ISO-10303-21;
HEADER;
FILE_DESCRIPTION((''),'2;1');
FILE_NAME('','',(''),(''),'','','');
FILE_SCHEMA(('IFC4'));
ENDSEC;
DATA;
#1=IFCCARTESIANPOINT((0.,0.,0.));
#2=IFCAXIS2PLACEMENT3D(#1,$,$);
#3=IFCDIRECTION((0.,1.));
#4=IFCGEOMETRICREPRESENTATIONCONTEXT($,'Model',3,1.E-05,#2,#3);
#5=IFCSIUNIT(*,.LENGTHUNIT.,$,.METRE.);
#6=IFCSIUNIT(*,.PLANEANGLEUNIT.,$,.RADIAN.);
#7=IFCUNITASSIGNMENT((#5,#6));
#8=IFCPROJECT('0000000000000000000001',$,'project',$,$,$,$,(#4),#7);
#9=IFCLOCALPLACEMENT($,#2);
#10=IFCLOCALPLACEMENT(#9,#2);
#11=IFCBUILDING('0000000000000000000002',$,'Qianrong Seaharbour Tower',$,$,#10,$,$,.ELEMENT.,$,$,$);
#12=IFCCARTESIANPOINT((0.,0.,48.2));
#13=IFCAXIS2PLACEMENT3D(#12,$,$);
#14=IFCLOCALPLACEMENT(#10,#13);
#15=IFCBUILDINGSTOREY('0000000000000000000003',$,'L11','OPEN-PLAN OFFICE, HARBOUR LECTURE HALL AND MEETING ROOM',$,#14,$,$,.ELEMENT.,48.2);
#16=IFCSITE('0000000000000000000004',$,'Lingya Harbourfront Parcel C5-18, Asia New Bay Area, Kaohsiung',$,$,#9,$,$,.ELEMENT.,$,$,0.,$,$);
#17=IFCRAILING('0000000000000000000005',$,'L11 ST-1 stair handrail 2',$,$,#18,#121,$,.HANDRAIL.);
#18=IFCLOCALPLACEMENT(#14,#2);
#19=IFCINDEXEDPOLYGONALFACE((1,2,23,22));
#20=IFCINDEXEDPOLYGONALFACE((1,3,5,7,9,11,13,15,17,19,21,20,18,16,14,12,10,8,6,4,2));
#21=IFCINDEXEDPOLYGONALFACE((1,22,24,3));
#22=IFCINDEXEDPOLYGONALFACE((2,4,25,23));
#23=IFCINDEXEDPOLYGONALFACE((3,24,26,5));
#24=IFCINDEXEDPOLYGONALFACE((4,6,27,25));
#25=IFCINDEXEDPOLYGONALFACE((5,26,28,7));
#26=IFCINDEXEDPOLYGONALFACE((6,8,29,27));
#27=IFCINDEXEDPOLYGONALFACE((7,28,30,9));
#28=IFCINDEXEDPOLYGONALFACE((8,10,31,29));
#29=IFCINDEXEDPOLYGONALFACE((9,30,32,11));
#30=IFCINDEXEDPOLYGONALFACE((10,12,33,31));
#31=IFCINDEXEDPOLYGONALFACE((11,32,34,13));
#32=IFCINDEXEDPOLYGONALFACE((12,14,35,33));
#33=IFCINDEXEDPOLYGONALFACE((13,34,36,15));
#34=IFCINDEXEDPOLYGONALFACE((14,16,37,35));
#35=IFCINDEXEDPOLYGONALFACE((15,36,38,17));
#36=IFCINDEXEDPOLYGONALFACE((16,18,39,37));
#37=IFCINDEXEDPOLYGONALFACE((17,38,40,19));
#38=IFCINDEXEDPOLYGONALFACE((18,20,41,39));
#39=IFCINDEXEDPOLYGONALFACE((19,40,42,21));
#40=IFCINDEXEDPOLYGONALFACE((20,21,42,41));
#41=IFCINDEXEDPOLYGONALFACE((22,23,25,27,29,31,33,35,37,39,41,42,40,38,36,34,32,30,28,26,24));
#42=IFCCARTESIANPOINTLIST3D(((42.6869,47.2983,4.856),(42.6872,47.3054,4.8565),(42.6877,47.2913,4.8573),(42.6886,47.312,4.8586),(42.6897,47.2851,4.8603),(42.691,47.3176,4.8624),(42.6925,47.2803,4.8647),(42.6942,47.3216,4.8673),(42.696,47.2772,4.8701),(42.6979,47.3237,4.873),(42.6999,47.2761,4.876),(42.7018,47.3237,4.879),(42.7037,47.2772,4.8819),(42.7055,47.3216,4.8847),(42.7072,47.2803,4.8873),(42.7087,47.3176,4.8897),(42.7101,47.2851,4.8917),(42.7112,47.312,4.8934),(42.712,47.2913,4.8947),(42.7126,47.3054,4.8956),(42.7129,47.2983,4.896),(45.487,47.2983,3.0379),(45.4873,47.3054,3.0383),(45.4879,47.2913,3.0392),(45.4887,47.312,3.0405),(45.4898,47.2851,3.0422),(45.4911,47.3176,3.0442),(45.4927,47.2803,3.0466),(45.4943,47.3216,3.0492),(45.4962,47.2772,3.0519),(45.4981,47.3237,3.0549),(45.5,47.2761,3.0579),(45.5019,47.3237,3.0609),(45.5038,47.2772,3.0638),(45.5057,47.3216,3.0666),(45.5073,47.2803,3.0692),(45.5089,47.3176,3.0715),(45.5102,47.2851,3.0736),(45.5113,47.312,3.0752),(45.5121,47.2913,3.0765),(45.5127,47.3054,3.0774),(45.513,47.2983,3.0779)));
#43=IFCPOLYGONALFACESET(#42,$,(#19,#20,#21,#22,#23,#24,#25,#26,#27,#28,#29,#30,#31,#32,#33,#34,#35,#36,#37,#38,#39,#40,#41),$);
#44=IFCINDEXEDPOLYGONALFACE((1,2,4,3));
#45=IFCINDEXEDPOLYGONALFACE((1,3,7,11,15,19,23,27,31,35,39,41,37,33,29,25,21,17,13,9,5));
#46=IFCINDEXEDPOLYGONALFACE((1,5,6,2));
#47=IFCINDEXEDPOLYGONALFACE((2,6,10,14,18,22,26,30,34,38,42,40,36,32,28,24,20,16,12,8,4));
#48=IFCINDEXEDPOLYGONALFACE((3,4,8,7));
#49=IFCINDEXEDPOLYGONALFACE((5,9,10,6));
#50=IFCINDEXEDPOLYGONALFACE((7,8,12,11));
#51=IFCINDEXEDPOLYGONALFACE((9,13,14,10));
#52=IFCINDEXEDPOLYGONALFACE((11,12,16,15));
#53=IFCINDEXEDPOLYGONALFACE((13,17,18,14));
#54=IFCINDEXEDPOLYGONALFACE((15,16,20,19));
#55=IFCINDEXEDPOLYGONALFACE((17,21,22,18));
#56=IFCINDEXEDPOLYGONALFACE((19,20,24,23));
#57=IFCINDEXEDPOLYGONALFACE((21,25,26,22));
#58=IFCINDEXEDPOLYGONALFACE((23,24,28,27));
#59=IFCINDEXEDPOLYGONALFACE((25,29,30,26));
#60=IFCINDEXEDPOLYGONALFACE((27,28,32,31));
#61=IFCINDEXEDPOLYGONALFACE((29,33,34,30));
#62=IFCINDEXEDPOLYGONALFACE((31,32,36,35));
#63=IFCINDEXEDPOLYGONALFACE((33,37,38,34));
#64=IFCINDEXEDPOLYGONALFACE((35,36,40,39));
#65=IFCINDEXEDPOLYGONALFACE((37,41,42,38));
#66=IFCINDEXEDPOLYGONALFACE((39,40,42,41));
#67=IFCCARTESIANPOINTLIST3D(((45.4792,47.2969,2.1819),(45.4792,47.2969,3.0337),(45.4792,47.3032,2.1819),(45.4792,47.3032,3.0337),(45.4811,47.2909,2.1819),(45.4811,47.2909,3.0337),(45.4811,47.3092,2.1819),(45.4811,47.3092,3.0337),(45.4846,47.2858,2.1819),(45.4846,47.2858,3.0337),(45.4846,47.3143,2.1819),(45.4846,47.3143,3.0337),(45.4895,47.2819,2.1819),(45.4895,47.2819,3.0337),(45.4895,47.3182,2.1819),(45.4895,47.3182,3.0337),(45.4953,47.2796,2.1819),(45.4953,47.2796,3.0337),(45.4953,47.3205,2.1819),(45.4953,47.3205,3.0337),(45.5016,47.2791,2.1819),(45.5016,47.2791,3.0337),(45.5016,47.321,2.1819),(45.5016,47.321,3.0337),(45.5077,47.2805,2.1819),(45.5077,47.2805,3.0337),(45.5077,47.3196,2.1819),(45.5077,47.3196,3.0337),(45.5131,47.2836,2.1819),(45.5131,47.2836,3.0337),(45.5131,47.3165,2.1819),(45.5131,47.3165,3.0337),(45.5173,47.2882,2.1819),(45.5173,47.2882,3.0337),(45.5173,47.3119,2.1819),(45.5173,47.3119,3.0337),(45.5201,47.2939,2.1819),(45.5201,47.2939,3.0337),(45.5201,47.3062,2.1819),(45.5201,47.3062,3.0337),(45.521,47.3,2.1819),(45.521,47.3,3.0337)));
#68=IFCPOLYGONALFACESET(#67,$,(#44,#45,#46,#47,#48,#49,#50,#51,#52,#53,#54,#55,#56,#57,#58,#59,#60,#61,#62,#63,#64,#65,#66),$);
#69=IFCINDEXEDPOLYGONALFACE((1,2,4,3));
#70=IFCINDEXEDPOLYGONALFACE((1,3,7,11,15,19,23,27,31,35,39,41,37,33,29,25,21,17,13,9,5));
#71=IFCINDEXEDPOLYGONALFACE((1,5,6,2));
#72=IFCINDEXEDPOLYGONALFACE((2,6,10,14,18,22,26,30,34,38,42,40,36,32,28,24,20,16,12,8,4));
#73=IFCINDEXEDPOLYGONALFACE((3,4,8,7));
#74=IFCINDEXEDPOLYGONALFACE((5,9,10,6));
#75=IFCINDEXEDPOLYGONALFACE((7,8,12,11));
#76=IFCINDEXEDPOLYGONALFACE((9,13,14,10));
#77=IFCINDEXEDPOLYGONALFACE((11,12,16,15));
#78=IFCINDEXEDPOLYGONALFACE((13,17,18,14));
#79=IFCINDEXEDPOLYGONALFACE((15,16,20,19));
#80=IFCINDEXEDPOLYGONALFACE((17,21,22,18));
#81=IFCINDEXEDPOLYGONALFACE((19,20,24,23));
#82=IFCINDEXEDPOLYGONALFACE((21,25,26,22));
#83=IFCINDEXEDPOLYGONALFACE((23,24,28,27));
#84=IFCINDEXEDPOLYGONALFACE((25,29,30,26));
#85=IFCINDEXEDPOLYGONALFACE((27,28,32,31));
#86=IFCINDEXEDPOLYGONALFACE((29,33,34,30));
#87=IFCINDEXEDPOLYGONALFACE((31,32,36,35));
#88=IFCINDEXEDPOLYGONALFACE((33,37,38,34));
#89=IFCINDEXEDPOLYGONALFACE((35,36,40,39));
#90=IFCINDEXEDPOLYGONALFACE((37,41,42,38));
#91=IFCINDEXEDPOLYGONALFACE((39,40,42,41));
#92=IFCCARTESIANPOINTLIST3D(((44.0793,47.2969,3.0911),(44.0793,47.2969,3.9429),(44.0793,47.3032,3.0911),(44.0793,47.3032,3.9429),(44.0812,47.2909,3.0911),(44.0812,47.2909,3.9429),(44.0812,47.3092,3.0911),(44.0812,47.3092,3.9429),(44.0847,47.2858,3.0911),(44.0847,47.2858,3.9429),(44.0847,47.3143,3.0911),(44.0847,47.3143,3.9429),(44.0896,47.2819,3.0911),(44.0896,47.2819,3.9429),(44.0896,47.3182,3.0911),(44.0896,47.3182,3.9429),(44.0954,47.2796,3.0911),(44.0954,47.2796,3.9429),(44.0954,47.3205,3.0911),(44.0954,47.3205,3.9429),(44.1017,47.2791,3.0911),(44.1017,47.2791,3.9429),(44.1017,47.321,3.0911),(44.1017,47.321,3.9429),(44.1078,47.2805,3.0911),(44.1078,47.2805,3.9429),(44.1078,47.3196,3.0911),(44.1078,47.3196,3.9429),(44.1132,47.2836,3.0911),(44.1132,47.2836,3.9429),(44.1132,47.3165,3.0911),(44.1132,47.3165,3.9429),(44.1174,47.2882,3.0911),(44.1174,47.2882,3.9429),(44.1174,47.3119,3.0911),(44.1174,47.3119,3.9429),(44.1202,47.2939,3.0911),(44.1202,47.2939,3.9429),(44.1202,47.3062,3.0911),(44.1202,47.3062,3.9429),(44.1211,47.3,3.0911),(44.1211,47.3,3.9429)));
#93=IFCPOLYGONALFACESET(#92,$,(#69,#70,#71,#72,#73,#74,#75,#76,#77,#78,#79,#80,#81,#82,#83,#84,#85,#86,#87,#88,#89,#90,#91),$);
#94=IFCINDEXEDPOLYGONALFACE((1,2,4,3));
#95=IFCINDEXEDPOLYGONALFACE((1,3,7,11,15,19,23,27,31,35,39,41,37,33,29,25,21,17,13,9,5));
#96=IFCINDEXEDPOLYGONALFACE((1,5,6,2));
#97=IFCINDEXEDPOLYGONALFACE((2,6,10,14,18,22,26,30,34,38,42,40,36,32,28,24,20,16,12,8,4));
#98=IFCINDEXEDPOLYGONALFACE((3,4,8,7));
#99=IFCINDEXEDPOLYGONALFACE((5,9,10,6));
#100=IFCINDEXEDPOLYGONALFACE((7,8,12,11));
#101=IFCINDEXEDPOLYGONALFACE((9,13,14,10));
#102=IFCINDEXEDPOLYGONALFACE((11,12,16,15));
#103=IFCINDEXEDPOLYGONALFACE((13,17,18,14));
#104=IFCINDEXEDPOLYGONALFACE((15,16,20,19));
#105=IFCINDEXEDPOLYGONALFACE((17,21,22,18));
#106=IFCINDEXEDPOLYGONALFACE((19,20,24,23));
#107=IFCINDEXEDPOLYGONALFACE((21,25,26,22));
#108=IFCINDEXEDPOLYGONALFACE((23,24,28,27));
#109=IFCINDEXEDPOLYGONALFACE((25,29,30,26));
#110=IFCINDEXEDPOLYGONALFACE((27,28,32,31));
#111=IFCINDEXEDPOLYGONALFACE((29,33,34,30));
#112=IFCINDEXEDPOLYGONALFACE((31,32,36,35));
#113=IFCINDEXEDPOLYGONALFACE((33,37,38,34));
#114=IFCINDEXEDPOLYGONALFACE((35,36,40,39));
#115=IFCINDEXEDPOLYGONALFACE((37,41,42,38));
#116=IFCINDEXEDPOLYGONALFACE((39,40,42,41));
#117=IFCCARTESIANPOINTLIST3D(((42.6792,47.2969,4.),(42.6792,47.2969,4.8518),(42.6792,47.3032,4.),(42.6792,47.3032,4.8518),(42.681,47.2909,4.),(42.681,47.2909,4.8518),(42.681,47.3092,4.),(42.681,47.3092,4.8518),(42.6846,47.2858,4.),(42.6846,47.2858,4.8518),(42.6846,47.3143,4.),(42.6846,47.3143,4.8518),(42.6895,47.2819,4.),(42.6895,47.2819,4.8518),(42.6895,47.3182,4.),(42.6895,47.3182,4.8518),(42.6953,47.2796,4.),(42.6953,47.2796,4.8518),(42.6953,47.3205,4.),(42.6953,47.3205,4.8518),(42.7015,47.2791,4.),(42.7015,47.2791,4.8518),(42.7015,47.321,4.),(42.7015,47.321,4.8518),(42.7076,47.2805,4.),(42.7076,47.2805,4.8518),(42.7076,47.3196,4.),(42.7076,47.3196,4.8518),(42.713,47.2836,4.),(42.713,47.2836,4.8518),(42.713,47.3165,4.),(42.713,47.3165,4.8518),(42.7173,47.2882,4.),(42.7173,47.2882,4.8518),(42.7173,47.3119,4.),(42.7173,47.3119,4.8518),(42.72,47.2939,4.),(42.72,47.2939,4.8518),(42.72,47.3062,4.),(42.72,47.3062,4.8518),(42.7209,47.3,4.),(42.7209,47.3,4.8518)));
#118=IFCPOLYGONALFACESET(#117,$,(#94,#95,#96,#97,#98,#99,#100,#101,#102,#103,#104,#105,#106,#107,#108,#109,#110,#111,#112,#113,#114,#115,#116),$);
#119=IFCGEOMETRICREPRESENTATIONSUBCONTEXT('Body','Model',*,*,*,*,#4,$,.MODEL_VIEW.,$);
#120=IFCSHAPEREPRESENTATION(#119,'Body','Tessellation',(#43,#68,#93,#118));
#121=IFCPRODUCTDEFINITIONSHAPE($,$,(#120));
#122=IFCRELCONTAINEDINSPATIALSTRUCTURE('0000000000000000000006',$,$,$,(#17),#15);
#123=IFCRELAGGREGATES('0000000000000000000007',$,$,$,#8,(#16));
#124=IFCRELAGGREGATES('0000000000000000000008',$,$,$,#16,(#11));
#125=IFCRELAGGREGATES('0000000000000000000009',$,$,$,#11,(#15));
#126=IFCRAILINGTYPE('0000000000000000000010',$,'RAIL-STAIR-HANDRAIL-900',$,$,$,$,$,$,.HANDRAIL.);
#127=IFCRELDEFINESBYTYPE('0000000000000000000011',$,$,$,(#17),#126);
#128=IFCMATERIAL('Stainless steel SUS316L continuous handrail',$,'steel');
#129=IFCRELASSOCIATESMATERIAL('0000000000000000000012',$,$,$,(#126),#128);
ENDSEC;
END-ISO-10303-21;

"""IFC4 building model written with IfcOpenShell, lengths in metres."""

from ifc_helpers import new_model, si_unit, direction, frame, origin, origin_2d, place, context, subcontext, project, spatial, circle, extrude, material, type_object, element, save


model = new_model("IFC4")

# Units and contexts
model_context = context("Model", 3, precision=1e-05, world=origin(), true_north=direction((0.0, 1.0)))
body_context = subcontext(model_context, "Body", "Model", "MODEL_VIEW")
ifc_project = project(units=[si_unit("LENGTHUNIT", "METRE"), si_unit("PLANEANGLEUNIT", "RADIAN")], contexts=[model_context])

# Site, building, storey
site_placement = place(None, origin())
site = spatial("IfcSite", under=ifc_project, at=site_placement, Name="Lingya Harbourfront Parcel C5-18, Asia New Bay Area, Kaohsiung", CompositionType="ELEMENT", RefElevation=0.0)
building_placement = place(site_placement, origin())
building = spatial("IfcBuilding", under=site, at=building_placement, Name="Qianrong Seaharbour Tower", CompositionType="ELEMENT")
storey_placement = place(building_placement, frame((0.0, 0.0, 48.2)))
storey = spatial("IfcBuildingStorey", under=building, at=storey_placement, Name="L11", Description="OPEN-PLAN OFFICE, HARBOUR LECTURE HALL AND MEETING ROOM", CompositionType="ELEMENT", Elevation=48.2)

# Railing
ifc_material_1 = material(Name="Stainless steel SUS316L continuous handrail", Category="steel")
railing_type_1 = type_object("IfcRailingType", Name="RAIL-STAIR-HANDRAIL-900", PredefinedType="HANDRAIL", material=ifc_material_1)
railing_1_placement = place(storey_placement, frame((45.5, 47.3, 2.1819)))
element("IfcRailing", 1, at=railing_1_placement, inside=storey, type_object=railing_type_1, Name="L11 ST-1 stair handrail 2", PredefinedType="HANDRAIL", context=body_context, shape_type="SweptSolid", body=[
    extrude(circle(Radius=0.0239, at=origin_2d()), frame((0.0, 0.0, 0.876), z_axis=(-0.838706, 0.0, 0.544585), x_axis=(0.0, -1.0, 0.0)), (0.0, 0.0, 1.0), 3.3386),
    extrude(circle(Radius=0.021, at=origin_2d()), origin(), (0.0, 0.0, 1.0), 0.8518),
    extrude(circle(Radius=0.021, at=origin_2d()), frame((-1.3999, 0.0, 0.9092)), (0.0, 0.0, 1.0), 0.8518),
    extrude(circle(Radius=0.021, at=origin_2d()), frame((-2.8, 0.0, 1.8181)), (0.0, 0.0, 1.0), 0.8518),
])

save(model, "model.ifc")
